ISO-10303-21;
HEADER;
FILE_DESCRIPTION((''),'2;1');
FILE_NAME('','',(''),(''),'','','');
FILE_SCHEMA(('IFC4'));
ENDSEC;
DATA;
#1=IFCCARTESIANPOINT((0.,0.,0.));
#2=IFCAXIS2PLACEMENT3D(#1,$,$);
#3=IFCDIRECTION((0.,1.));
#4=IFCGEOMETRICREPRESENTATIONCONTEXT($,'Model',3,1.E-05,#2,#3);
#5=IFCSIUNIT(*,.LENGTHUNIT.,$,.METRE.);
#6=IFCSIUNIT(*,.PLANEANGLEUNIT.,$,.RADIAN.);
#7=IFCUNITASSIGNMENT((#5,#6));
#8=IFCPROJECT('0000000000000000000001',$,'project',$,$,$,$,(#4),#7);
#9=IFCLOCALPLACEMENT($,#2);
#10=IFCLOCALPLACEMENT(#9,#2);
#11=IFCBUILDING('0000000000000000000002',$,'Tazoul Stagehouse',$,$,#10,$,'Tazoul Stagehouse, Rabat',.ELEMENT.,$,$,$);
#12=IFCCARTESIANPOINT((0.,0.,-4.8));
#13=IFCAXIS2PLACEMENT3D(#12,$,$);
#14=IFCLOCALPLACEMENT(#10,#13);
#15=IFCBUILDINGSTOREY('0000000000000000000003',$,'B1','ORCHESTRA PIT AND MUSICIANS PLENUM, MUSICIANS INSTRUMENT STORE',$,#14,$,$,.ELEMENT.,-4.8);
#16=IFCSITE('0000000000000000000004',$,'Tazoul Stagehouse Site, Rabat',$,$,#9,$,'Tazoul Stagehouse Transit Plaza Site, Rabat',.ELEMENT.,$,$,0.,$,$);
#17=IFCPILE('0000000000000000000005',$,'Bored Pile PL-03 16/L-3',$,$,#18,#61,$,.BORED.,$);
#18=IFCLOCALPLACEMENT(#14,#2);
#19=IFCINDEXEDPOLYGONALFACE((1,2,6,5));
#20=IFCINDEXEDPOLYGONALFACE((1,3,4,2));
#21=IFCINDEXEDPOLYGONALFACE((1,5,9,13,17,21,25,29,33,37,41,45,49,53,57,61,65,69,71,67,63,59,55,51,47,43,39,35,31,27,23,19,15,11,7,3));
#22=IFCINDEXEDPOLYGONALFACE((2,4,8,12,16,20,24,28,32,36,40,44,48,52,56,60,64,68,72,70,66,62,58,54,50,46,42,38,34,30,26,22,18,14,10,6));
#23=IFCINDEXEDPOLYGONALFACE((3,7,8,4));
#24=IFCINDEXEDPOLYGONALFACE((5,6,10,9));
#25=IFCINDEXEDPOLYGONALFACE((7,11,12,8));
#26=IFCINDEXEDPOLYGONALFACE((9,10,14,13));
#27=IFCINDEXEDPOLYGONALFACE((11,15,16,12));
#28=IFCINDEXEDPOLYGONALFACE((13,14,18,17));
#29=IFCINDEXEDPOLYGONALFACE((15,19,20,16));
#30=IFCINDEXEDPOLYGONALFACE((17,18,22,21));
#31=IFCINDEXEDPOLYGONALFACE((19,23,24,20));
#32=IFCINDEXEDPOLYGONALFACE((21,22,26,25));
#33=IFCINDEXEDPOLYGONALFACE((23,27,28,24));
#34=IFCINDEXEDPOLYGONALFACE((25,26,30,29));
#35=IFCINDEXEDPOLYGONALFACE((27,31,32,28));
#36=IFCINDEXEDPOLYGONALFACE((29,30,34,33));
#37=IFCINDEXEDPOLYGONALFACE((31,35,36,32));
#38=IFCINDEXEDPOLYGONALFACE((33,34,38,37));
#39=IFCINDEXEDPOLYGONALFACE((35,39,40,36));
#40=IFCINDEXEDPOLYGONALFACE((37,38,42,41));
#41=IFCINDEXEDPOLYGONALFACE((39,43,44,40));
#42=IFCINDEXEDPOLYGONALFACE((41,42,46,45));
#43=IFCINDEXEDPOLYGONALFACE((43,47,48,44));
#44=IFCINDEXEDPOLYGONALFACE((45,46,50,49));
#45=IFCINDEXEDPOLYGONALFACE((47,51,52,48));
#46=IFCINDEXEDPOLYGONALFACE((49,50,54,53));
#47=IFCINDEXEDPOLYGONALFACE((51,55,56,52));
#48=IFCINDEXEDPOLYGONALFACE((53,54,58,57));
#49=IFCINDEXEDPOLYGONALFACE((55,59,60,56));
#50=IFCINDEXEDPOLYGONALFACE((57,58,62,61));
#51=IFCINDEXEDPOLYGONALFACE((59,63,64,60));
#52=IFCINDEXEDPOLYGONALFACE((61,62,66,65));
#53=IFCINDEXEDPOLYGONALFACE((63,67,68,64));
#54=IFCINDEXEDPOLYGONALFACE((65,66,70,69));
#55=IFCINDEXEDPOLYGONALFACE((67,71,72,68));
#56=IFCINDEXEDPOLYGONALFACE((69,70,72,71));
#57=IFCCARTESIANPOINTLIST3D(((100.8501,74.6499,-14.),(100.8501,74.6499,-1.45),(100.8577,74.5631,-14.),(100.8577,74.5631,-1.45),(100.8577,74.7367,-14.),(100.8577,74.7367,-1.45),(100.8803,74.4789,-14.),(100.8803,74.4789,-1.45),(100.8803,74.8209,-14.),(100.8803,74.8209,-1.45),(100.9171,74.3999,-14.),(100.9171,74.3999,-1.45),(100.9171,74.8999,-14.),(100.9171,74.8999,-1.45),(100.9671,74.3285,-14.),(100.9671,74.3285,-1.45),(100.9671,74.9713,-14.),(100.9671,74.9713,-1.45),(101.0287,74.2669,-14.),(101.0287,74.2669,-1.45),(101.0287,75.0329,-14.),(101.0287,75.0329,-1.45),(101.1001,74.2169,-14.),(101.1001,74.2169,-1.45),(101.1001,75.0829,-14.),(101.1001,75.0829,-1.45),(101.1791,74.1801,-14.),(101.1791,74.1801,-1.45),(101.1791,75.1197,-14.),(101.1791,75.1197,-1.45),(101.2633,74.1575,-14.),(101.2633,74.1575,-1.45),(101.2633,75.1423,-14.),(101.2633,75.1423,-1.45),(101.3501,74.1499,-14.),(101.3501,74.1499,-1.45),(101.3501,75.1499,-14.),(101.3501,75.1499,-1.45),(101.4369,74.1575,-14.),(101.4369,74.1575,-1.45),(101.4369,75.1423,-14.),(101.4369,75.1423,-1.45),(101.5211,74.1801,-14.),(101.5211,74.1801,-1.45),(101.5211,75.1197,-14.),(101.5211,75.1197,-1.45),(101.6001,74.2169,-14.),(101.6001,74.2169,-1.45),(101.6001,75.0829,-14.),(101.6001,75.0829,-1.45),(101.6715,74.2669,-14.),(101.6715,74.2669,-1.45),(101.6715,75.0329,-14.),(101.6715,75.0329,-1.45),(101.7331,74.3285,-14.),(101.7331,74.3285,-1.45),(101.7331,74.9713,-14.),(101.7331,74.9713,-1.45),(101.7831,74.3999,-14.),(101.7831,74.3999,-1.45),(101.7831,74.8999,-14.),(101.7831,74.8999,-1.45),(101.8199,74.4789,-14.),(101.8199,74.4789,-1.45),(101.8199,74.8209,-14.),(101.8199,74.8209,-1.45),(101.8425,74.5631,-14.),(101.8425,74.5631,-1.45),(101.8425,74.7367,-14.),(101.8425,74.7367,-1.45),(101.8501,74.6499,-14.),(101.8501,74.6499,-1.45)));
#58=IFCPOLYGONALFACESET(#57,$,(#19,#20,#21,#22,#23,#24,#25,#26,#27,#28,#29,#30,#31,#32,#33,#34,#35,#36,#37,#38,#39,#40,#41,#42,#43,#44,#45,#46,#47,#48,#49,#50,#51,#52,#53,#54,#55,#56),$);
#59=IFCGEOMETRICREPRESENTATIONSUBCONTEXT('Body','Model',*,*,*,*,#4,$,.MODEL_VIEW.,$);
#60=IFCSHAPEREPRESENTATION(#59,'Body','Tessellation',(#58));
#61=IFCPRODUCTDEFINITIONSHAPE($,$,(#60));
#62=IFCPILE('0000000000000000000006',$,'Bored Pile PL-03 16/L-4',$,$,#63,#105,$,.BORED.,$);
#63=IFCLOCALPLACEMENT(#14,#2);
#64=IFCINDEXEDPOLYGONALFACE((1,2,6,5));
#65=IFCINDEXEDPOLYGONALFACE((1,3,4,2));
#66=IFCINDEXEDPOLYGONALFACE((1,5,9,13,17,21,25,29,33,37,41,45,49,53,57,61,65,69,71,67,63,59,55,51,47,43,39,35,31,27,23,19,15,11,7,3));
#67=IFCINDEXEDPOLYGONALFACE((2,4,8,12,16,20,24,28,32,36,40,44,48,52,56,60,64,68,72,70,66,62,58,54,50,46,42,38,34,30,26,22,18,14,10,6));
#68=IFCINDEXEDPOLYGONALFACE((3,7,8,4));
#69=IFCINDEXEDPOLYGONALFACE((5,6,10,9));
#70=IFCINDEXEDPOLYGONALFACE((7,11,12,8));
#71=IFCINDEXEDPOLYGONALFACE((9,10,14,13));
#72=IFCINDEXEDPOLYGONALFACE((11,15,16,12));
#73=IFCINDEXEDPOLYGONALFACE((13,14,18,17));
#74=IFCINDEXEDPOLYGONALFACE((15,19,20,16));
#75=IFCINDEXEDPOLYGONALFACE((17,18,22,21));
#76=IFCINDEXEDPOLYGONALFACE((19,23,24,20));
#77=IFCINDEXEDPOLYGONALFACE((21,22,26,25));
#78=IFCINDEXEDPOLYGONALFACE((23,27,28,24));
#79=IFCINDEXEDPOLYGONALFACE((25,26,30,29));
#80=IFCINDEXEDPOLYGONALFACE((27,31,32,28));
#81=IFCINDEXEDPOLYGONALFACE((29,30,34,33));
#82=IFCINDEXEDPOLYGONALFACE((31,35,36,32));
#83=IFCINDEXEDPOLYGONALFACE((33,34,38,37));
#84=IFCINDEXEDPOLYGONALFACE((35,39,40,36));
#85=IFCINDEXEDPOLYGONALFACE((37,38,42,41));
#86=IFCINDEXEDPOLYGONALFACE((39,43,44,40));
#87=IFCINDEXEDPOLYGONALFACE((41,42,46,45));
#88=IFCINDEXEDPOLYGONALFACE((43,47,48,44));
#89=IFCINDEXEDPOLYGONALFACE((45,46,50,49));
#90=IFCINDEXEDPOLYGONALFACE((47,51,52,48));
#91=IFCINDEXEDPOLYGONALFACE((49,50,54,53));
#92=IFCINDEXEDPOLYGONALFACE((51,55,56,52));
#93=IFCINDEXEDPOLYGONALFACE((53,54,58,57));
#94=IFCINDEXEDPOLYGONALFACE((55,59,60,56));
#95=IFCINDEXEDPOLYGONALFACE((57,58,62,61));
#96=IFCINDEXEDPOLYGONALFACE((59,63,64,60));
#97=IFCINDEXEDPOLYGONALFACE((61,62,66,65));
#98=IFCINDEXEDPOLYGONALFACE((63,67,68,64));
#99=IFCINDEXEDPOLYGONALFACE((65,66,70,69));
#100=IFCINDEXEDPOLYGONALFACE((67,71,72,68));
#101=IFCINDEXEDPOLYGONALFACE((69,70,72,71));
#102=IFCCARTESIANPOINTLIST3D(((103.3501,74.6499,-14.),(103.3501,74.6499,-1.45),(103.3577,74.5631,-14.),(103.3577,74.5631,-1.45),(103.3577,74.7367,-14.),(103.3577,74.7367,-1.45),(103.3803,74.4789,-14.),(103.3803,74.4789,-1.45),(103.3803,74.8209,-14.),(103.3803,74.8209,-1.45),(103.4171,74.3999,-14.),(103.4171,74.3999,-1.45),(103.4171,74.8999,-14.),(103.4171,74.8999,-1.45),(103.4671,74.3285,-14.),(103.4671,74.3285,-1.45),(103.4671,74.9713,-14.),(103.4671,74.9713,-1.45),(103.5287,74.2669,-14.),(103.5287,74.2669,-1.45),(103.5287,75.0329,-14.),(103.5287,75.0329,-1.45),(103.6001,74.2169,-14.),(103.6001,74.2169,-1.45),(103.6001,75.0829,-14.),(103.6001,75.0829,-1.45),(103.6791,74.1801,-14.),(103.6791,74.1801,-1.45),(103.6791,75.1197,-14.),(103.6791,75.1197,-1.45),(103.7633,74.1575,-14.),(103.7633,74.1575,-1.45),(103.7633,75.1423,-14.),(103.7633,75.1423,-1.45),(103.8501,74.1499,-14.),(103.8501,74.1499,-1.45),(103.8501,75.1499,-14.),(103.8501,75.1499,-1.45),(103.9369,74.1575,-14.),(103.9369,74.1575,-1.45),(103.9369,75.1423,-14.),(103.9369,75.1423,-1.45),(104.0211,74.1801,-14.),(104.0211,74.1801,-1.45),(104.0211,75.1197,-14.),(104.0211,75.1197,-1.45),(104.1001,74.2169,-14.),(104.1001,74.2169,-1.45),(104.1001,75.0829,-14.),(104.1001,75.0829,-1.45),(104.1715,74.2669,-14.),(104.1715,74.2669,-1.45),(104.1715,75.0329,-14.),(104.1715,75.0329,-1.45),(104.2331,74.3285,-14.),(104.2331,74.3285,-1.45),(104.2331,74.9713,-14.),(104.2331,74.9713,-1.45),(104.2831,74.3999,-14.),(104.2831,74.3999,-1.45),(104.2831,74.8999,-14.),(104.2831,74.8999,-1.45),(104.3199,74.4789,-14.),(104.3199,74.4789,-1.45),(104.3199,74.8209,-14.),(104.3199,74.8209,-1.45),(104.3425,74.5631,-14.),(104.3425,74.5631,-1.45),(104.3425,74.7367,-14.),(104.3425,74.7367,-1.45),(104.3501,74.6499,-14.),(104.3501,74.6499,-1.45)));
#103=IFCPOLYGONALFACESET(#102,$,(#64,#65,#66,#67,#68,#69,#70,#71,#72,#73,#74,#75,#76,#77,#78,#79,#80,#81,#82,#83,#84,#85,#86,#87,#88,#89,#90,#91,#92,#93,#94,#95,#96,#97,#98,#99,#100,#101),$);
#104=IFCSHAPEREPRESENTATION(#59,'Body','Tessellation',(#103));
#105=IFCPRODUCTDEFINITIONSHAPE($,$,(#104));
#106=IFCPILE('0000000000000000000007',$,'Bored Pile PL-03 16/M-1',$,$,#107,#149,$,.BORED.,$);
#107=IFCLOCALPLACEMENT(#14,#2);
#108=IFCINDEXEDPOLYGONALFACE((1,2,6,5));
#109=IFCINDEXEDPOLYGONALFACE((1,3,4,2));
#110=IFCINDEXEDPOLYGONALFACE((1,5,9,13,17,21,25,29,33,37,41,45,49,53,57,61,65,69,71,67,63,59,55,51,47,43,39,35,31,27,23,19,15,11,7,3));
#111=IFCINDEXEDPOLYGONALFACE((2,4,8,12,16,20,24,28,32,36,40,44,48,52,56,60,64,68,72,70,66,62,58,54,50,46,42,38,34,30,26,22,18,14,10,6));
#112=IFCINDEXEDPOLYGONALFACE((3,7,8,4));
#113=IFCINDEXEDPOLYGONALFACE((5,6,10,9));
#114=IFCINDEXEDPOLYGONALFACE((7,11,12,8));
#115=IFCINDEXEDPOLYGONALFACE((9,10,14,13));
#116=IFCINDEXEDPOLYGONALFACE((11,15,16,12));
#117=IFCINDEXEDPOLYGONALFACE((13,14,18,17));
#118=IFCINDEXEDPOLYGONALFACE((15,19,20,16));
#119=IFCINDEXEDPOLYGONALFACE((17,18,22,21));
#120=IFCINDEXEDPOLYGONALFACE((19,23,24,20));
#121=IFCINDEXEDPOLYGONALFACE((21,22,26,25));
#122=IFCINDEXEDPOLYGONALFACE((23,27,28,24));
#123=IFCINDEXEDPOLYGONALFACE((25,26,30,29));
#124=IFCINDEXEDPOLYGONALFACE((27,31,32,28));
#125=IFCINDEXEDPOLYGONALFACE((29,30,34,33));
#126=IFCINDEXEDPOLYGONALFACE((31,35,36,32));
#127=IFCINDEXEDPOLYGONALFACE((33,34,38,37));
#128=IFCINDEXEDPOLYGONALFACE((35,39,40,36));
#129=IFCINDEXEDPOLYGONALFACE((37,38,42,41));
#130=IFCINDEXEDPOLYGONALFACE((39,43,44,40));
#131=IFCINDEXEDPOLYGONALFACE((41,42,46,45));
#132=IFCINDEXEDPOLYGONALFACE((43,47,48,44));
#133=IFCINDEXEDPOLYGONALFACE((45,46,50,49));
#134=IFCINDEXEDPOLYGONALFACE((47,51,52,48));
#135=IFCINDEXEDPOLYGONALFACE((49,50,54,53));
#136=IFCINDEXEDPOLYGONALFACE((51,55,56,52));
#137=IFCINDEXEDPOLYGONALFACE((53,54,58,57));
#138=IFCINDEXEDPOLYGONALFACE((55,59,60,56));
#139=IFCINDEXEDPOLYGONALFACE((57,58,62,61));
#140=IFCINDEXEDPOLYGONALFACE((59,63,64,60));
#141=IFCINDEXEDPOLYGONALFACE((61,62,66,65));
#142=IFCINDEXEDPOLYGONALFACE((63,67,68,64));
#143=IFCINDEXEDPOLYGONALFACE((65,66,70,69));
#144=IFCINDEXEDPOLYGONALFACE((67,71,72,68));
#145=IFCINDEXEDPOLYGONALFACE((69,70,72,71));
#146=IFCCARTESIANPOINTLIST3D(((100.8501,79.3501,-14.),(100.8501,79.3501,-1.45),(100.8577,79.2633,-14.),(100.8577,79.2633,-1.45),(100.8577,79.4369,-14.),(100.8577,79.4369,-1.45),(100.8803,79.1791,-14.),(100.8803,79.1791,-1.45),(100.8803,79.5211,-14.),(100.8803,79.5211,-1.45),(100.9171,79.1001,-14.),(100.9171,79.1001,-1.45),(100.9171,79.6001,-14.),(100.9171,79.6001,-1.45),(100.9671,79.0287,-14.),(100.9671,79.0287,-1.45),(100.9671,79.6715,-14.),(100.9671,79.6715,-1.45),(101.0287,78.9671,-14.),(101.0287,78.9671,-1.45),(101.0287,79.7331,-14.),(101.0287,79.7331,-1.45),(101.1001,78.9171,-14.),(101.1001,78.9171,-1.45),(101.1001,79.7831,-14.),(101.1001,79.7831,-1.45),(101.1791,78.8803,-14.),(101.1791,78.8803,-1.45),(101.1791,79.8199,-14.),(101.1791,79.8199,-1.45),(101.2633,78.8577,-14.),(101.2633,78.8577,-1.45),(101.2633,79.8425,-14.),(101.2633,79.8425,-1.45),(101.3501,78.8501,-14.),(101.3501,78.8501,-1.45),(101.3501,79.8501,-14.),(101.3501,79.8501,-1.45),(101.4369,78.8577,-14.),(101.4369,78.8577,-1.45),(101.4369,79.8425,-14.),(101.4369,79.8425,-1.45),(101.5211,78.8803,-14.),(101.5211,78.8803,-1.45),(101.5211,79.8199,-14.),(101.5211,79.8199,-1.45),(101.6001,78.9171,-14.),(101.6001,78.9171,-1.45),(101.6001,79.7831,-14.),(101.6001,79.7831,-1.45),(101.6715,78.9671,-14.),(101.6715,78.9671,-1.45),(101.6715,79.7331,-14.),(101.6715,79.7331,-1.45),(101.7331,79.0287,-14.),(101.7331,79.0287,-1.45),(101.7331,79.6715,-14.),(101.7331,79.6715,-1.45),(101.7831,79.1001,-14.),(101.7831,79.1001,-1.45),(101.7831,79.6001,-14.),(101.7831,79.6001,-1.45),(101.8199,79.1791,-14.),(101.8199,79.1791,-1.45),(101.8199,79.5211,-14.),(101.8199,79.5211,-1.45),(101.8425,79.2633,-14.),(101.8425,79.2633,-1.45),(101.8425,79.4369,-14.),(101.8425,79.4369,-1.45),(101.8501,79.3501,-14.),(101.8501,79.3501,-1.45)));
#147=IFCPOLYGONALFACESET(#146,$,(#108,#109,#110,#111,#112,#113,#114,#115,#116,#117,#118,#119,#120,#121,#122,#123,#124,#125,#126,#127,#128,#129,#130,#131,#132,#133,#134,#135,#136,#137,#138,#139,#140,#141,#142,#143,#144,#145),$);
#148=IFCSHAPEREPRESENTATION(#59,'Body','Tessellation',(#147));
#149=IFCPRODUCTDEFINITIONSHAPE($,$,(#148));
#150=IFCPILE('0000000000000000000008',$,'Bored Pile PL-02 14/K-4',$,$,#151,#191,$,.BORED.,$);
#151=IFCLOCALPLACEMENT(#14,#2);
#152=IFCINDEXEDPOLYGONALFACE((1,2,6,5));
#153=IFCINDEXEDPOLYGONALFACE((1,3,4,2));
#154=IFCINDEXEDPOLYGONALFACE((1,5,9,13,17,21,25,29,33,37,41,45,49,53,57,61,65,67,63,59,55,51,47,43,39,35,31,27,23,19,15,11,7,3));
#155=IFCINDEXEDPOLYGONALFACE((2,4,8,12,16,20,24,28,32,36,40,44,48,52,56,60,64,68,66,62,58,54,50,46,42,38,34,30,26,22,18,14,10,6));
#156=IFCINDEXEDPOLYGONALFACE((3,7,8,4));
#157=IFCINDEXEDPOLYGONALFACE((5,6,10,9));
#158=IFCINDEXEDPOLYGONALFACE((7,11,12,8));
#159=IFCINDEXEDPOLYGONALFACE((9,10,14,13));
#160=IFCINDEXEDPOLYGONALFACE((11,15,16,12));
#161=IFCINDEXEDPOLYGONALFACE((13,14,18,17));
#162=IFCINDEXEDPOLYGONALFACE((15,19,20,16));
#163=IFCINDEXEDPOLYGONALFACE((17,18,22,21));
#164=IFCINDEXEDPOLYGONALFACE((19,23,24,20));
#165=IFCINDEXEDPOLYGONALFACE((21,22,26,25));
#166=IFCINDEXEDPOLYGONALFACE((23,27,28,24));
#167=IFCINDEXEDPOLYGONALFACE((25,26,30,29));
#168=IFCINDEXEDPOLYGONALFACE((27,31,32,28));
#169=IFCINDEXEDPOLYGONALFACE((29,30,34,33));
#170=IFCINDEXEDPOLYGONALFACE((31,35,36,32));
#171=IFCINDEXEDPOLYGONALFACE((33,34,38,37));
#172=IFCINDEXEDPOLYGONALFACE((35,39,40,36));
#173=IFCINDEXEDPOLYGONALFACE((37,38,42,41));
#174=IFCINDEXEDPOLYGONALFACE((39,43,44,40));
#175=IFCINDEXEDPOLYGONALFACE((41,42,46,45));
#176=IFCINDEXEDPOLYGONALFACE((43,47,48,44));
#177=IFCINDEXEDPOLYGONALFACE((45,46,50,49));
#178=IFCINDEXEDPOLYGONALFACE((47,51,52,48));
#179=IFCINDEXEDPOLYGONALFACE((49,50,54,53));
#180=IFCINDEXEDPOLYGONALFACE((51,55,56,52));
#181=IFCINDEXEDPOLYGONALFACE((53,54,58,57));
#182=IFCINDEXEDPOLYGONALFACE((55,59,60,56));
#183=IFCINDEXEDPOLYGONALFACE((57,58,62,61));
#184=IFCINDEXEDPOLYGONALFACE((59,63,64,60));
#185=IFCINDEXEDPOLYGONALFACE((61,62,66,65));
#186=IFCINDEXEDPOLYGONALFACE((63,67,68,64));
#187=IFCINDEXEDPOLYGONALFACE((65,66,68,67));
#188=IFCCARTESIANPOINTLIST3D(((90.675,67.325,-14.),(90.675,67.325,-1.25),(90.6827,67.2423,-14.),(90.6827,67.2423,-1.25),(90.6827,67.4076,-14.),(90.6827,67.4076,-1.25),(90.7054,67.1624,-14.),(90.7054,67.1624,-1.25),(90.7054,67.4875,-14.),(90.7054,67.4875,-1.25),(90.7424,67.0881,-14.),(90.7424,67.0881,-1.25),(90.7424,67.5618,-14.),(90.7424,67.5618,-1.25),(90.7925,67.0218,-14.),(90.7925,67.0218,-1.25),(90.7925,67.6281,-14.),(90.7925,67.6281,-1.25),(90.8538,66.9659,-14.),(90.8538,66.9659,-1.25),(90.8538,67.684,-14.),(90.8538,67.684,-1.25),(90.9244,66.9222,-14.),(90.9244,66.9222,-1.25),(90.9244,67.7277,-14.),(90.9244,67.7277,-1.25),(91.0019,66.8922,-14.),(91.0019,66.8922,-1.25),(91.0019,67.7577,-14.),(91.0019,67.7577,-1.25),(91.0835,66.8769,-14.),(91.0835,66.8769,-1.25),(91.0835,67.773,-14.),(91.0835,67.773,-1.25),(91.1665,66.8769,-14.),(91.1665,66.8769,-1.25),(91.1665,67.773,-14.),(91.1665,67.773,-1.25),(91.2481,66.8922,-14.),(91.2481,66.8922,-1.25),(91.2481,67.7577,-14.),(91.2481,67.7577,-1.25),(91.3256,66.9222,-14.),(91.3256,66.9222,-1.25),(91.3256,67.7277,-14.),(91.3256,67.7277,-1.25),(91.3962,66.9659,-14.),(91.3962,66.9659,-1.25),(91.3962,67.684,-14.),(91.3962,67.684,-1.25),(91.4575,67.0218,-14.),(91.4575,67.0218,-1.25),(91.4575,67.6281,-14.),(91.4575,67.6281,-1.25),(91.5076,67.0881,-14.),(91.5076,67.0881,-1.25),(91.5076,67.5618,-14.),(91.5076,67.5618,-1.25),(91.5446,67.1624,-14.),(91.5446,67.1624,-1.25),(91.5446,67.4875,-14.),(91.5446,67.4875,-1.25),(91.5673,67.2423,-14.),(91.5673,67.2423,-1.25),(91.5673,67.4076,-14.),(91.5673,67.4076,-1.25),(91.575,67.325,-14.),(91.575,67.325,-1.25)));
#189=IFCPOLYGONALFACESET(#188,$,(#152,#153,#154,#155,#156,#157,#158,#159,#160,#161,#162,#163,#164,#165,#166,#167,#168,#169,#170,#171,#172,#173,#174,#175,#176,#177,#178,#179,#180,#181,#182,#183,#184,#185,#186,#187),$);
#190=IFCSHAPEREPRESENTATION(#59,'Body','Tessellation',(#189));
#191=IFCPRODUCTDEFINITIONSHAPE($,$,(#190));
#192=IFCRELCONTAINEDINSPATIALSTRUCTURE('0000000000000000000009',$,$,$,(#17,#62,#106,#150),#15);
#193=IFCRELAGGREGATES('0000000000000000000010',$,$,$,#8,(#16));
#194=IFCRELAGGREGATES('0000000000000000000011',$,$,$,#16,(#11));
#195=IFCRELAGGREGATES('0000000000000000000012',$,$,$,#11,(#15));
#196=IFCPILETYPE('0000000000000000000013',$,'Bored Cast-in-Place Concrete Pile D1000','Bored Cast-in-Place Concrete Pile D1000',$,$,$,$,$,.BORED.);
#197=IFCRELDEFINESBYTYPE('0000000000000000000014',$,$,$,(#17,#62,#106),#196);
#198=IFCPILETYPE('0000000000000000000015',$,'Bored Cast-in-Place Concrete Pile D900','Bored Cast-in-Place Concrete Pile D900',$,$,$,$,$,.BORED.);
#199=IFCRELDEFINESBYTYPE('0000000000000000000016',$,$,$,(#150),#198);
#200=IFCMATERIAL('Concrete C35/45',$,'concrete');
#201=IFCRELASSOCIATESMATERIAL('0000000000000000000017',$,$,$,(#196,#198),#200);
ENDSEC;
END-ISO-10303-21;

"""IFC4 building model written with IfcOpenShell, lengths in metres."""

from ifc_helpers import new_model, si_unit, direction, frame, origin, origin_2d, place, context, subcontext, project, spatial, circle, extrude, material, material_profile, profile_set, type_object, element, save


model = new_model("IFC4")

# Units and contexts
model_context = context("Model", 3, precision=1e-05, world=origin(), true_north=direction((0.0, 1.0)))
body_context = subcontext(model_context, "Body", "Model", "MODEL_VIEW")
ifc_project = project(units=[si_unit("LENGTHUNIT", "METRE"), si_unit("PLANEANGLEUNIT", "RADIAN")], contexts=[model_context])

# Site, building, storey
site_placement = place(None, origin())
site = spatial("IfcSite", under=ifc_project, at=site_placement, Name="Tazoul Stagehouse Site, Rabat", LongName="Tazoul Stagehouse Transit Plaza Site, Rabat", CompositionType="ELEMENT", RefElevation=0.0)
building_placement = place(site_placement, origin())
building = spatial("IfcBuilding", under=site, at=building_placement, Name="Tazoul Stagehouse", LongName="Tazoul Stagehouse, Rabat", CompositionType="ELEMENT")
storey_placement = place(building_placement, frame((0.0, 0.0, -4.8)))
storey = spatial("IfcBuildingStorey", under=building, at=storey_placement, Name="B1", Description="ORCHESTRA PIT AND MUSICIANS PLENUM, MUSICIANS INSTRUMENT STORE", CompositionType="ELEMENT", Elevation=-4.8)

# Piles
ifc_material_1 = material(Name="Concrete C35/45", Category="concrete")
ifc_material_profile_1 = material_profile(ifc_material_1, circle(Radius=0.5, at=origin_2d()), Name="BORED PILE 1000")
ifc_profile_set_1 = profile_set([ifc_material_profile_1], Name="Concrete C35/45")
pile_type_1 = type_object("IfcPileType", Name="Bored Cast-in-Place Concrete Pile D1000", Description="Bored Cast-in-Place Concrete Pile D1000", PredefinedType="BORED", material=ifc_profile_set_1)
for number, where, z_axis, x_axis, name in (
    (1, (101.3501, 74.6499, -1.45), (0.0, 0.0, -1.0), (1.0, 0.0, 0.0), "Bored Pile PL-03 16/L-3"),
    (2, (103.8501, 74.6499, -1.45), (0.0, 0.0, -1.0), (1.0, 0.0, 0.0), "Bored Pile PL-03 16/L-4"),
    (3, (101.3501, 79.3501, -1.45), (0.0, 0.0, -1.0), (1.0, 0.0, 0.0), "Bored Pile PL-03 16/M-1"),
):
    element("IfcPile", number, at=place(storey_placement, frame(where, z_axis=z_axis, x_axis=x_axis)), inside=storey, type_object=pile_type_1, Name=name, PredefinedType="BORED", context=body_context, shape_type="SweptSolid", body=[
        extrude(circle(Radius=0.5, at=origin_2d()), origin(), (0.0, 0.0, 1.0), 12.55),
    ])
ifc_material_profile_2 = material_profile(ifc_material_1, circle(Radius=0.45, at=origin_2d()), Name="BORED PILE 900")
ifc_profile_set_2 = profile_set([ifc_material_profile_2], Name="Concrete C35/45")
pile_type_2 = type_object("IfcPileType", Name="Bored Cast-in-Place Concrete Pile D900", Description="Bored Cast-in-Place Concrete Pile D900", PredefinedType="BORED", material=ifc_profile_set_2)
for number, where, z_axis, x_axis, name in (
    (4, (91.125, 67.325, -1.25), (0.0, 0.0, -1.0), (1.0, 0.0, 0.0), "Bored Pile PL-02 14/K-4"),
):
    element("IfcPile", number, at=place(storey_placement, frame(where, z_axis=z_axis, x_axis=x_axis)), inside=storey, type_object=pile_type_2, Name=name, PredefinedType="BORED", context=body_context, shape_type="SweptSolid", body=[
        extrude(circle(Radius=0.45, at=origin_2d()), origin(), (0.0, 0.0, 1.0), 12.75),
    ])

save(model, "model.ifc")
